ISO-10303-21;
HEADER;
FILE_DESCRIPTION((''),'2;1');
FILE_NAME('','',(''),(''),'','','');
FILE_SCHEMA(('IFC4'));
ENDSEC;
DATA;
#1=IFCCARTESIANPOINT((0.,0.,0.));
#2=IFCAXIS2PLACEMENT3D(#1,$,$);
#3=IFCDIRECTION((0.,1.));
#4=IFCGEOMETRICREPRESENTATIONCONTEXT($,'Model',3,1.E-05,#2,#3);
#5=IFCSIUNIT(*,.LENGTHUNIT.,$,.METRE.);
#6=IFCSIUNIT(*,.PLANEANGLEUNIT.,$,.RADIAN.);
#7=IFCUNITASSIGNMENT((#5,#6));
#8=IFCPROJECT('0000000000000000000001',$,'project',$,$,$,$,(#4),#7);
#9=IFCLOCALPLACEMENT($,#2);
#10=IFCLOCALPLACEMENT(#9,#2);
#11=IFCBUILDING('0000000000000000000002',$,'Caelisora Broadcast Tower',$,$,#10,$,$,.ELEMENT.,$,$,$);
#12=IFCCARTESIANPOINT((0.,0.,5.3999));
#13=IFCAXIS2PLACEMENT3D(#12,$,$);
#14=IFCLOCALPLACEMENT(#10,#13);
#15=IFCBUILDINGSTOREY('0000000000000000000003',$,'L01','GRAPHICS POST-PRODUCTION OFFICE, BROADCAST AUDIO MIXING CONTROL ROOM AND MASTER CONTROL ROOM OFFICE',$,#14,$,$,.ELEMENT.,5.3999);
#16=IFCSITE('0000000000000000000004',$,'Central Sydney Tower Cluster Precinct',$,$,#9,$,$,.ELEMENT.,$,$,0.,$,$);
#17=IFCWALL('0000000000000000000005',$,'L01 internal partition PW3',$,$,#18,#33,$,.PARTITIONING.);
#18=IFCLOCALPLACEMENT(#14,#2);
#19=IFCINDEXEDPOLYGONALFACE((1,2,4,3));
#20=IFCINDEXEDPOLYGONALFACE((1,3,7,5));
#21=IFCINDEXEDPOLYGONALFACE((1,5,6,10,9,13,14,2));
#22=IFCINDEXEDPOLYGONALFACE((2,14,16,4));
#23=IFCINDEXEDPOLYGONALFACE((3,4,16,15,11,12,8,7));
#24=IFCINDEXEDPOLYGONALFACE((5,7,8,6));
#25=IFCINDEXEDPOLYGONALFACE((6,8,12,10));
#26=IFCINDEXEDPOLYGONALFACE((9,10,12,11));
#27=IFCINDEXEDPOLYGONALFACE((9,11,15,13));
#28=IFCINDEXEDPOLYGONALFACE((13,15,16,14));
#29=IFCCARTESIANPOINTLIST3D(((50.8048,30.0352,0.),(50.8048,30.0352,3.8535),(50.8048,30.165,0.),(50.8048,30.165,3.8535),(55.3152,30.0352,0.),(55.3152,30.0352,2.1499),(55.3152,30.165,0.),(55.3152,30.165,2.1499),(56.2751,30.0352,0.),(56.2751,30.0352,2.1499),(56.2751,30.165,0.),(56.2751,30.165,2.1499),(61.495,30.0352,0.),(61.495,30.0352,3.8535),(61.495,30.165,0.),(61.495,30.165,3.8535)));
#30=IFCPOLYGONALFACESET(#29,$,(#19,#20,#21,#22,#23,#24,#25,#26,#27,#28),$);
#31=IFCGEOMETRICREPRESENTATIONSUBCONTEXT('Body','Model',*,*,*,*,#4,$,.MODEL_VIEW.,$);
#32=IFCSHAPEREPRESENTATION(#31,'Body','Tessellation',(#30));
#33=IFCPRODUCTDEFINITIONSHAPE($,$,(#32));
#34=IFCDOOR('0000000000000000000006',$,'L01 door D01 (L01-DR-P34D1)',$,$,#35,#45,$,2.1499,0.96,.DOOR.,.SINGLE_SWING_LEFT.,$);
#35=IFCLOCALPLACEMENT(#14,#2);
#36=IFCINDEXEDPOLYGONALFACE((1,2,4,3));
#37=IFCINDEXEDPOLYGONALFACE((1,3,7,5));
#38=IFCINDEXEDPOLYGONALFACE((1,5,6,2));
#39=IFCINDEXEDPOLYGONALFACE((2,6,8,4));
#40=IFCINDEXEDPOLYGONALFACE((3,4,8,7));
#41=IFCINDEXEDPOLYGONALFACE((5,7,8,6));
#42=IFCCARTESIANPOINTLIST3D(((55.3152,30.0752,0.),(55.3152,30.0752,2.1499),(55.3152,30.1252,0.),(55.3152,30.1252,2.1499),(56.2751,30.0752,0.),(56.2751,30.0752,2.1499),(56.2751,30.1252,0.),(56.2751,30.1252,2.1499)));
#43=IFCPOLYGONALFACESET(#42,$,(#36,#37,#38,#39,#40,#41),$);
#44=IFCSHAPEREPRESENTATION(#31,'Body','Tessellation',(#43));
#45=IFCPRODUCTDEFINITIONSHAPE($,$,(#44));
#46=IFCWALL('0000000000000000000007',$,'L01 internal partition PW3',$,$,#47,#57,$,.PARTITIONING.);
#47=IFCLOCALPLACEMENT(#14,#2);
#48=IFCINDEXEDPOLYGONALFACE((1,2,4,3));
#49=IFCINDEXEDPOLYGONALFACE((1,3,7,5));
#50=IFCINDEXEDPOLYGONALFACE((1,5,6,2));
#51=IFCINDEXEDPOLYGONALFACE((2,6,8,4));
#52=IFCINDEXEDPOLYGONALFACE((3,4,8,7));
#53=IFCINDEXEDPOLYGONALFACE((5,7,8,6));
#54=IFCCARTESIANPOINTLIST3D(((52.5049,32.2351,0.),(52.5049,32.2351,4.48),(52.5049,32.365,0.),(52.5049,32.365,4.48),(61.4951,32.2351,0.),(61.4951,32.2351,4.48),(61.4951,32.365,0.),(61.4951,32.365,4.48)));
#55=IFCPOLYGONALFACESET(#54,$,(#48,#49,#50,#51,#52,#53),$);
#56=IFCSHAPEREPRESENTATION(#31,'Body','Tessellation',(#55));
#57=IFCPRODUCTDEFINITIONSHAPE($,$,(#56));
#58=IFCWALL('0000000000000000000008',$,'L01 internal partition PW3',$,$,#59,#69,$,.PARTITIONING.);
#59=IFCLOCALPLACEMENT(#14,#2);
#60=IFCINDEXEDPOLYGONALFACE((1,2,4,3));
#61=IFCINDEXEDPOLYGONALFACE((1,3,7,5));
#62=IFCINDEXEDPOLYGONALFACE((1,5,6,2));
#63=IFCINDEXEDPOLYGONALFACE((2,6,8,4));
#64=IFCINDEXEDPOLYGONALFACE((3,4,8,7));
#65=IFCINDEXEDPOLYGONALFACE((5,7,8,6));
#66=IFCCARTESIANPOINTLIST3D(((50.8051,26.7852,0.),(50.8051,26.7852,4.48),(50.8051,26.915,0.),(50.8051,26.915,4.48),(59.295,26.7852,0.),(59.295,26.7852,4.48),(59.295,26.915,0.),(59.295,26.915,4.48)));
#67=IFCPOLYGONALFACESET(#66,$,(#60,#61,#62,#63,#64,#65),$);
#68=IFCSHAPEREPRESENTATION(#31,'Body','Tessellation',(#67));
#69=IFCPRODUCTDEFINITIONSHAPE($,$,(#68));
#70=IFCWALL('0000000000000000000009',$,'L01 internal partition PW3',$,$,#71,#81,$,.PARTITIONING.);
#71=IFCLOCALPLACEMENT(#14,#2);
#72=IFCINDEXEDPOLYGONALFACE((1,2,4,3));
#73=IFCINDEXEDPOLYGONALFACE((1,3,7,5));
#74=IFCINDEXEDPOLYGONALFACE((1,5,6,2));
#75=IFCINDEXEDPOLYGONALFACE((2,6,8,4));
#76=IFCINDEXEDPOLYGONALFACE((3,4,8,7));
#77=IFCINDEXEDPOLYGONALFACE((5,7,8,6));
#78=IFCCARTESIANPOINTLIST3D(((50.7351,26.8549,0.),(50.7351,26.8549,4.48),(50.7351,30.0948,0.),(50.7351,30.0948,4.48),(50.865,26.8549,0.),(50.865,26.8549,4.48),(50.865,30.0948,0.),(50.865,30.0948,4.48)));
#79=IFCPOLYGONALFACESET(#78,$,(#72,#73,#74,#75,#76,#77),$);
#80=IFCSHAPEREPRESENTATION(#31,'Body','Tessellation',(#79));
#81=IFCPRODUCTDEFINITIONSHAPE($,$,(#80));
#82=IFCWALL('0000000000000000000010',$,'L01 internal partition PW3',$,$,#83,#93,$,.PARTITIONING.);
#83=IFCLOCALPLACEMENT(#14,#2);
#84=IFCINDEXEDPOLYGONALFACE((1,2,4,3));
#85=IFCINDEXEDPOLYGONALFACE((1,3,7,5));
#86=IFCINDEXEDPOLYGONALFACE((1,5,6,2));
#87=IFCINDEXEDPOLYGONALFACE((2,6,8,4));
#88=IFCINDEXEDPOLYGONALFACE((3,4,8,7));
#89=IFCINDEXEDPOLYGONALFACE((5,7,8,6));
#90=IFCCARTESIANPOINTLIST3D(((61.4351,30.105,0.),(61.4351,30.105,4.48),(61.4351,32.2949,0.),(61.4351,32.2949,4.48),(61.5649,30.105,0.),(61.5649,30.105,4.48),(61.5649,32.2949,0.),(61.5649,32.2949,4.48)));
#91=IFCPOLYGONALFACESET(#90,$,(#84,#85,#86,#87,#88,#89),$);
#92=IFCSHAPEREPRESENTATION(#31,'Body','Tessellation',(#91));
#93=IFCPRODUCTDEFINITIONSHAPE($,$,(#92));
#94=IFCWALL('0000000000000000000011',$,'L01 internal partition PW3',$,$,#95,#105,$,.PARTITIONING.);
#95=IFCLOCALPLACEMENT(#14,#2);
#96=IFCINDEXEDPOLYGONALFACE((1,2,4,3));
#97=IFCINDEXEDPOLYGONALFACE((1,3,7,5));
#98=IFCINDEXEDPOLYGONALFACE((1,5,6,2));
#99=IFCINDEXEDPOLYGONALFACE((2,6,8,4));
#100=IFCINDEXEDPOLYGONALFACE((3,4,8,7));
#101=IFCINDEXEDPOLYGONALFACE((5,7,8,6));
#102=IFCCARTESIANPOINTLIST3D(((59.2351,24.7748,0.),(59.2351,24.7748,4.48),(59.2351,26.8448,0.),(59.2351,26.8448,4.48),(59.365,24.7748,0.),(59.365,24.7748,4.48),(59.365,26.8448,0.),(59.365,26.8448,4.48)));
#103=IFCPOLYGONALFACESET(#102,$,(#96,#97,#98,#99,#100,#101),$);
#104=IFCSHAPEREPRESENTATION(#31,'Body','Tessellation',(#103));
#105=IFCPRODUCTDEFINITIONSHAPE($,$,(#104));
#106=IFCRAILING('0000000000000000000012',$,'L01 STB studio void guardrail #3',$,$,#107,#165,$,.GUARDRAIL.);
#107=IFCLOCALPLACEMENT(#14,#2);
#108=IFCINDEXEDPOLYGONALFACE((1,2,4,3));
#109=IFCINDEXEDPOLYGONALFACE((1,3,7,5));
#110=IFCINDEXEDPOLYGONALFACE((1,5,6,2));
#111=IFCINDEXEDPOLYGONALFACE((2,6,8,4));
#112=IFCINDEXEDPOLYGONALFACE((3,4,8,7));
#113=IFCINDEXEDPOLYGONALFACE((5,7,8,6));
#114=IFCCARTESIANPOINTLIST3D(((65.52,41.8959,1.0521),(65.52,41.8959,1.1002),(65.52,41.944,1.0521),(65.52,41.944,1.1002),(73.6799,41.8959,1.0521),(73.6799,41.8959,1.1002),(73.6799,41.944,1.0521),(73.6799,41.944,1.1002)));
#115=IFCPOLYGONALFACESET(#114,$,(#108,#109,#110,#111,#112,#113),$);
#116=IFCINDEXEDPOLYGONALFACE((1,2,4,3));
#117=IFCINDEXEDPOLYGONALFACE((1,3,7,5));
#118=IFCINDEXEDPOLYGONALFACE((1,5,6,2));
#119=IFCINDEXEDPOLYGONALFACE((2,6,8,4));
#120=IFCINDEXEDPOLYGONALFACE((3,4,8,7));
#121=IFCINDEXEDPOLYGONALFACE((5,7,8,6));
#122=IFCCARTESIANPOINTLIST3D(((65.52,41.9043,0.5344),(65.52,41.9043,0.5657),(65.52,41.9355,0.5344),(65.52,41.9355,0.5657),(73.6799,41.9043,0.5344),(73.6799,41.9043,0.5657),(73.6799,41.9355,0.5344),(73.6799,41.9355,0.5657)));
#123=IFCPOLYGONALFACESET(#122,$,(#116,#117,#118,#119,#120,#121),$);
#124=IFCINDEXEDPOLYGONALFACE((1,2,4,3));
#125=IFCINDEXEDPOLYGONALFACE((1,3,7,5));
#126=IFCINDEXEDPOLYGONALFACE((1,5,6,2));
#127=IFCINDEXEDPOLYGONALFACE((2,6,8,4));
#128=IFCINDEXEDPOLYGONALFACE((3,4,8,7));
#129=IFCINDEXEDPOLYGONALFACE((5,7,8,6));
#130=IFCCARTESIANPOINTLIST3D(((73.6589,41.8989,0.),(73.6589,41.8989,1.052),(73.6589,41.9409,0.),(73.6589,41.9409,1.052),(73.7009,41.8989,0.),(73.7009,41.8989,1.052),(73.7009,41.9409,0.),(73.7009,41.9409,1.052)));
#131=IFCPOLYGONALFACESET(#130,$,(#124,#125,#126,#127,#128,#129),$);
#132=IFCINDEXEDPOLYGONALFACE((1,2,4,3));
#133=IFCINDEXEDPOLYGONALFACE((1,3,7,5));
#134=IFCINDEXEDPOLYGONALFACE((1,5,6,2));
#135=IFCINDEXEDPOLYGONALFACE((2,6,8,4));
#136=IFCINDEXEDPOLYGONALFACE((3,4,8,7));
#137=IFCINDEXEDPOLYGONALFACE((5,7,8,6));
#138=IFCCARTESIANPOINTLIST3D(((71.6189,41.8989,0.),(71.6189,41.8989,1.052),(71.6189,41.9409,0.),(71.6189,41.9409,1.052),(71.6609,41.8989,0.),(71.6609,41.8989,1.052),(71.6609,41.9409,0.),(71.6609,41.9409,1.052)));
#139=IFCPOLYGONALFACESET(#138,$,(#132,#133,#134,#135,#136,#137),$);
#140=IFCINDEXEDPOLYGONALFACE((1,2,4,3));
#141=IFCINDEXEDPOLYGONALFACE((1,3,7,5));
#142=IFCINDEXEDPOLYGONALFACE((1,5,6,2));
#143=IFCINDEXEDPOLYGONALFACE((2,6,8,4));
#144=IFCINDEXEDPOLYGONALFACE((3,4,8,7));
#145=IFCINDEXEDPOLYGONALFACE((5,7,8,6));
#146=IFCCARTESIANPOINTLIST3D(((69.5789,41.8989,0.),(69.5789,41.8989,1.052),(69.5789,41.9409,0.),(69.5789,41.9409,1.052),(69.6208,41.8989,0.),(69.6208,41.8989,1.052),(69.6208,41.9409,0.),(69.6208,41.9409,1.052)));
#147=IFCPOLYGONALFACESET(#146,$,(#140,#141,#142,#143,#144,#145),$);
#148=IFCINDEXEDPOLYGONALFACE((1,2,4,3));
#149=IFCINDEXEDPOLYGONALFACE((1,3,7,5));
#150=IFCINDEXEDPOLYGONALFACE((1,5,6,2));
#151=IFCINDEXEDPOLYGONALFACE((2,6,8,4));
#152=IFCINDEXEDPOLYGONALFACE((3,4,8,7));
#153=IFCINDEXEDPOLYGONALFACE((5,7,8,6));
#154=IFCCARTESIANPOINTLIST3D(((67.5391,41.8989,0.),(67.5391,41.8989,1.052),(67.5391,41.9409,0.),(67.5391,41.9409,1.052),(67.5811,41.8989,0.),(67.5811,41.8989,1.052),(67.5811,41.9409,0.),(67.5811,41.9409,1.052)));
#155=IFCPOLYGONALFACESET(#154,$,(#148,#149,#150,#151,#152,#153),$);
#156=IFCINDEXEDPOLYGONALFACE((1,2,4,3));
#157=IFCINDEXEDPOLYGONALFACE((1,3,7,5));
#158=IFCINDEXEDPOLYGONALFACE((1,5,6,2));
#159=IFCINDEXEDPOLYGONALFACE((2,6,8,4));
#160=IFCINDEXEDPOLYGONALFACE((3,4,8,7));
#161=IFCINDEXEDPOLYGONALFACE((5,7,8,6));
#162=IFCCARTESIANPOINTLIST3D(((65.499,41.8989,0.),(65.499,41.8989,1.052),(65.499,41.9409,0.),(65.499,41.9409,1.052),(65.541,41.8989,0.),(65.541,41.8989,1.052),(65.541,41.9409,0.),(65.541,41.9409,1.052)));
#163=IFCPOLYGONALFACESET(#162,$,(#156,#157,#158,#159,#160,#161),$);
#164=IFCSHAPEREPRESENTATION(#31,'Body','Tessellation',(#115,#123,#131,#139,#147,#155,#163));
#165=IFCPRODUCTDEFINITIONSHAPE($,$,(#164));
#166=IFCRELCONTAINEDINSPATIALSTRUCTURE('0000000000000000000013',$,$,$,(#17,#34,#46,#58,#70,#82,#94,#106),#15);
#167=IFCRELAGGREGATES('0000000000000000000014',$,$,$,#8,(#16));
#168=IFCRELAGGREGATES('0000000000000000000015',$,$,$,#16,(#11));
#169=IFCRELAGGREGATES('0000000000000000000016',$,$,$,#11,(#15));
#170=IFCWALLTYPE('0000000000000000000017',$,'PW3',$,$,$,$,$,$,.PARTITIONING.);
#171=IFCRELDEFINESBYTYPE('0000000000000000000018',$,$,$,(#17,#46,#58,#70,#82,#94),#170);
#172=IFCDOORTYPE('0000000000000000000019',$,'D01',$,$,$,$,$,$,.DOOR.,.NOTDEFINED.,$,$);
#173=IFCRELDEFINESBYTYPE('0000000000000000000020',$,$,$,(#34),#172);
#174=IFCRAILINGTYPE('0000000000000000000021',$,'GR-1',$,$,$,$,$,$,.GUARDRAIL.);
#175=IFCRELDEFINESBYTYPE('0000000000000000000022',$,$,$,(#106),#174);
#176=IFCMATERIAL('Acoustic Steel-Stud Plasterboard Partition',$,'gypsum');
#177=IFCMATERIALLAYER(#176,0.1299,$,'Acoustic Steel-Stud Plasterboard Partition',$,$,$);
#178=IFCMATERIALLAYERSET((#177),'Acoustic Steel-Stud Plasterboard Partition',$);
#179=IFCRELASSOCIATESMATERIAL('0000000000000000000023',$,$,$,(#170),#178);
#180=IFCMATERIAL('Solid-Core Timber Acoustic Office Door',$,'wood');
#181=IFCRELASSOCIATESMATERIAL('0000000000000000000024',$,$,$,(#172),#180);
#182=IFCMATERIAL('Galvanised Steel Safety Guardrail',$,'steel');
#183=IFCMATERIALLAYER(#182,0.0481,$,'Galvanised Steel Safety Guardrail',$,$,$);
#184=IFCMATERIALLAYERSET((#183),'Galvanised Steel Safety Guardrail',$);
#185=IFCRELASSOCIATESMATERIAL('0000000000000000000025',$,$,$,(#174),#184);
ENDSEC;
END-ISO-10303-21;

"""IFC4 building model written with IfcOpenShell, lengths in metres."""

from ifc_helpers import new_model, si_unit, direction, frame, frame_2d, origin, origin_2d, place, context, subcontext, project, spatial, rectangle, extrude, material, layer, layer_set, type_object, element, fill, save


model = new_model("IFC4")

# Units and contexts
model_context = context("Model", 3, precision=1e-05, world=origin(), true_north=direction((0.0, 1.0)))
body_context = subcontext(model_context, "Body", "Model", "MODEL_VIEW")
ifc_project = project(units=[si_unit("LENGTHUNIT", "METRE"), si_unit("PLANEANGLEUNIT", "RADIAN")], contexts=[model_context])

# Site, building, storey
site_placement = place(None, origin())
site = spatial("IfcSite", under=ifc_project, at=site_placement, Name="Central Sydney Tower Cluster Precinct", CompositionType="ELEMENT", RefElevation=0.0)
building_placement = place(site_placement, origin())
building = spatial("IfcBuilding", under=site, at=building_placement, Name="Caelisora Broadcast Tower", CompositionType="ELEMENT")
storey_placement = place(building_placement, frame((0.0, 0.0, 5.3999)))
storey = spatial("IfcBuildingStorey", under=building, at=storey_placement, Name="L01", Description="GRAPHICS POST-PRODUCTION OFFICE, BROADCAST AUDIO MIXING CONTROL ROOM AND MASTER CONTROL ROOM OFFICE", CompositionType="ELEMENT", Elevation=5.3999)

# Shared definitions
ifc_material_1 = material(Name="Acoustic Steel-Stud Plasterboard Partition", Category="gypsum")
ifc_layer_1 = layer(ifc_material_1, 0.1299, Name="Acoustic Steel-Stud Plasterboard Partition")
ifc_layer_set_1 = layer_set([ifc_layer_1], Name="Acoustic Steel-Stud Plasterboard Partition")
wall_type_1 = type_object("IfcWallType", Name="PW3", PredefinedType="PARTITIONING", material=ifc_layer_set_1)

# Wall, opening, door
wall_1_placement = place(storey_placement, frame((61.4951, 30.1001, 0.0), z_axis=(0.0, 0.0, 1.0), x_axis=(-1.0, 0.0, 0.0)))
wall_1 = element("IfcWall", 1, at=wall_1_placement, inside=storey, type_object=wall_type_1, Name="L01 internal partition PW3", PredefinedType="PARTITIONING", context=body_context, shape_type="SweptSolid", body=[
    extrude(rectangle(XDim=10.6902, YDim=0.1299, at=frame_2d((5.3452, 0.0))), origin(), (0.0, 0.0, 1.0), 3.8535),
])
opening_1_placement = place(wall_1_placement, frame((5.22, 0.0, 0.0)))
opening_1 = element("IfcOpeningElement", 2, at=opening_1_placement, cuts=wall_1, PredefinedType="OPENING", context=body_context, shape_type="SweptSolid", body=[
    extrude(rectangle(XDim=0.96, YDim=2.1499, at=frame_2d((0.48, 1.075))), frame((0.0, 0.0769, 0.0), z_axis=(0.0, -1.0, 0.0), x_axis=(1.0, 0.0, 0.0)), (0.0, 0.0, 1.0), 0.1538),
])
ifc_material_2 = material(Name="Solid-Core Timber Acoustic Office Door", Category="wood")
door_type_1 = type_object("IfcDoorType", Name="D01", OperationType="NOTDEFINED", PredefinedType="DOOR", material=ifc_material_2)
door_1_placement = place(opening_1_placement, origin())
door_1 = element("IfcDoor", 3, at=door_1_placement, inside=storey, type_object=door_type_1, Name="L01 door D01 (L01-DR-P34D1)", OperationType="SINGLE_SWING_LEFT", OverallHeight=2.1499, OverallWidth=0.96, PredefinedType="DOOR", context=body_context, shape_type="SweptSolid", body=[
    extrude(rectangle(XDim=0.96, YDim=2.1499, at=frame_2d((0.48, 1.075))), frame((0.0, 0.0249, 0.0), z_axis=(0.0, -1.0, 0.0), x_axis=(1.0, 0.0, 0.0)), (0.0, 0.0, 1.0), 0.05),
])
fill(opening_1, door_1)

# Walls
wall_2_placement = place(storey_placement, frame((52.5049, 32.3, 0.0), z_axis=(0.0, 0.0, 1.0), x_axis=(1.0, 0.0, 0.0)))
element("IfcWall", 4, at=wall_2_placement, inside=storey, type_object=wall_type_1, Name="L01 internal partition PW3", PredefinedType="PARTITIONING", context=body_context, shape_type="SweptSolid", body=[
    extrude(rectangle(XDim=8.9902, YDim=0.1299, at=frame_2d((4.4951, 0.0))), origin(), (0.0, 0.0, 1.0), 4.48),
])
wall_3_placement = place(storey_placement, frame((50.8049, 26.8501, 0.0), z_axis=(0.0, 0.0, 1.0), x_axis=(1.0, 0.0, 0.0)))
element("IfcWall", 5, at=wall_3_placement, inside=storey, type_object=wall_type_1, Name="L01 internal partition PW3", PredefinedType="PARTITIONING", context=body_context, shape_type="SweptSolid", body=[
    extrude(rectangle(XDim=8.49, YDim=0.1299, at=frame_2d((4.2451, 0.0))), origin(), (0.0, 0.0, 1.0), 4.48),
])
wall_4_placement = place(storey_placement, frame((50.8, 30.095, 0.0), z_axis=(0.0, 0.0, 1.0), x_axis=(0.0, -1.0, 0.0)))
element("IfcWall", 6, at=wall_4_placement, inside=storey, type_object=wall_type_1, Name="L01 internal partition PW3", PredefinedType="PARTITIONING", context=body_context, shape_type="SweptSolid", body=[
    extrude(rectangle(XDim=3.24, YDim=0.1299, at=frame_2d((1.6201, 0.0))), origin(), (0.0, 0.0, 1.0), 4.48),
])
wall_5_placement = place(storey_placement, frame((61.5, 32.2949, 0.0), z_axis=(0.0, 0.0, 1.0), x_axis=(0.0, -1.0, 0.0)))
element("IfcWall", 7, at=wall_5_placement, inside=storey, type_object=wall_type_1, Name="L01 internal partition PW3", PredefinedType="PARTITIONING", context=body_context, shape_type="SweptSolid", body=[
    extrude(rectangle(XDim=2.1899, YDim=0.1299, at=frame_2d((1.095, 0.0))), origin(), (0.0, 0.0, 1.0), 4.48),
])
wall_6_placement = place(storey_placement, frame((59.3, 26.845, 0.0), z_axis=(0.0, 0.0, 1.0), x_axis=(0.0, -1.0, 0.0)))
element("IfcWall", 8, at=wall_6_placement, inside=storey, type_object=wall_type_1, Name="L01 internal partition PW3", PredefinedType="PARTITIONING", context=body_context, shape_type="SweptSolid", body=[
    extrude(rectangle(XDim=2.0701, YDim=0.1299, at=frame_2d((1.0352, 0.0))), origin(), (0.0, 0.0, 1.0), 4.48),
])

# Railing
ifc_material_3 = material(Name="Galvanised Steel Safety Guardrail", Category="steel")
ifc_layer_2 = layer(ifc_material_3, 0.0481, Name="Galvanised Steel Safety Guardrail")
ifc_layer_set_2 = layer_set([ifc_layer_2], Name="Galvanised Steel Safety Guardrail")
railing_type = type_object("IfcRailingType", Name="GR-1", PredefinedType="GUARDRAIL", material=ifc_layer_set_2)
railing_1_placement = place(storey_placement, frame((73.6799, 41.9199, 0.0)))
element("IfcRailing", 9, at=railing_1_placement, inside=storey, type_object=railing_type, Name="L01 STB studio void guardrail #3", PredefinedType="GUARDRAIL", context=body_context, shape_type="SweptSolid", body=[
    extrude(rectangle(XDim=0.0481, YDim=0.0481, at=origin_2d()), frame((0.0, 0.0, 1.0762), z_axis=(-1.0, 0.0, 0.0), x_axis=(0.0, -1.0, 0.0)), (0.0, 0.0, 1.0), 8.1599),
    extrude(rectangle(XDim=0.0312, YDim=0.0312, at=origin_2d()), frame((0.0, 0.0, 0.55), z_axis=(-1.0, 0.0, 0.0), x_axis=(0.0, -1.0, 0.0)), (0.0, 0.0, 1.0), 8.1599),
    extrude(rectangle(XDim=0.042, YDim=0.042, at=origin_2d()), origin(), (0.0, 0.0, 1.0), 1.052),
    extrude(rectangle(XDim=0.042, YDim=0.042, at=origin_2d()), frame((-2.04, 0.0, 0.0)), (0.0, 0.0, 1.0), 1.052),
    extrude(rectangle(XDim=0.042, YDim=0.042, at=origin_2d()), frame((-4.0801, 0.0, 0.0)), (0.0, 0.0, 1.0), 1.052),
    extrude(rectangle(XDim=0.042, YDim=0.042, at=origin_2d()), frame((-6.1199, 0.0, 0.0)), (0.0, 0.0, 1.0), 1.052),
    extrude(rectangle(XDim=0.042, YDim=0.042, at=origin_2d()), frame((-8.1599, 0.0, 0.0)), (0.0, 0.0, 1.0), 1.052),
])

save(model, "model.ifc")
